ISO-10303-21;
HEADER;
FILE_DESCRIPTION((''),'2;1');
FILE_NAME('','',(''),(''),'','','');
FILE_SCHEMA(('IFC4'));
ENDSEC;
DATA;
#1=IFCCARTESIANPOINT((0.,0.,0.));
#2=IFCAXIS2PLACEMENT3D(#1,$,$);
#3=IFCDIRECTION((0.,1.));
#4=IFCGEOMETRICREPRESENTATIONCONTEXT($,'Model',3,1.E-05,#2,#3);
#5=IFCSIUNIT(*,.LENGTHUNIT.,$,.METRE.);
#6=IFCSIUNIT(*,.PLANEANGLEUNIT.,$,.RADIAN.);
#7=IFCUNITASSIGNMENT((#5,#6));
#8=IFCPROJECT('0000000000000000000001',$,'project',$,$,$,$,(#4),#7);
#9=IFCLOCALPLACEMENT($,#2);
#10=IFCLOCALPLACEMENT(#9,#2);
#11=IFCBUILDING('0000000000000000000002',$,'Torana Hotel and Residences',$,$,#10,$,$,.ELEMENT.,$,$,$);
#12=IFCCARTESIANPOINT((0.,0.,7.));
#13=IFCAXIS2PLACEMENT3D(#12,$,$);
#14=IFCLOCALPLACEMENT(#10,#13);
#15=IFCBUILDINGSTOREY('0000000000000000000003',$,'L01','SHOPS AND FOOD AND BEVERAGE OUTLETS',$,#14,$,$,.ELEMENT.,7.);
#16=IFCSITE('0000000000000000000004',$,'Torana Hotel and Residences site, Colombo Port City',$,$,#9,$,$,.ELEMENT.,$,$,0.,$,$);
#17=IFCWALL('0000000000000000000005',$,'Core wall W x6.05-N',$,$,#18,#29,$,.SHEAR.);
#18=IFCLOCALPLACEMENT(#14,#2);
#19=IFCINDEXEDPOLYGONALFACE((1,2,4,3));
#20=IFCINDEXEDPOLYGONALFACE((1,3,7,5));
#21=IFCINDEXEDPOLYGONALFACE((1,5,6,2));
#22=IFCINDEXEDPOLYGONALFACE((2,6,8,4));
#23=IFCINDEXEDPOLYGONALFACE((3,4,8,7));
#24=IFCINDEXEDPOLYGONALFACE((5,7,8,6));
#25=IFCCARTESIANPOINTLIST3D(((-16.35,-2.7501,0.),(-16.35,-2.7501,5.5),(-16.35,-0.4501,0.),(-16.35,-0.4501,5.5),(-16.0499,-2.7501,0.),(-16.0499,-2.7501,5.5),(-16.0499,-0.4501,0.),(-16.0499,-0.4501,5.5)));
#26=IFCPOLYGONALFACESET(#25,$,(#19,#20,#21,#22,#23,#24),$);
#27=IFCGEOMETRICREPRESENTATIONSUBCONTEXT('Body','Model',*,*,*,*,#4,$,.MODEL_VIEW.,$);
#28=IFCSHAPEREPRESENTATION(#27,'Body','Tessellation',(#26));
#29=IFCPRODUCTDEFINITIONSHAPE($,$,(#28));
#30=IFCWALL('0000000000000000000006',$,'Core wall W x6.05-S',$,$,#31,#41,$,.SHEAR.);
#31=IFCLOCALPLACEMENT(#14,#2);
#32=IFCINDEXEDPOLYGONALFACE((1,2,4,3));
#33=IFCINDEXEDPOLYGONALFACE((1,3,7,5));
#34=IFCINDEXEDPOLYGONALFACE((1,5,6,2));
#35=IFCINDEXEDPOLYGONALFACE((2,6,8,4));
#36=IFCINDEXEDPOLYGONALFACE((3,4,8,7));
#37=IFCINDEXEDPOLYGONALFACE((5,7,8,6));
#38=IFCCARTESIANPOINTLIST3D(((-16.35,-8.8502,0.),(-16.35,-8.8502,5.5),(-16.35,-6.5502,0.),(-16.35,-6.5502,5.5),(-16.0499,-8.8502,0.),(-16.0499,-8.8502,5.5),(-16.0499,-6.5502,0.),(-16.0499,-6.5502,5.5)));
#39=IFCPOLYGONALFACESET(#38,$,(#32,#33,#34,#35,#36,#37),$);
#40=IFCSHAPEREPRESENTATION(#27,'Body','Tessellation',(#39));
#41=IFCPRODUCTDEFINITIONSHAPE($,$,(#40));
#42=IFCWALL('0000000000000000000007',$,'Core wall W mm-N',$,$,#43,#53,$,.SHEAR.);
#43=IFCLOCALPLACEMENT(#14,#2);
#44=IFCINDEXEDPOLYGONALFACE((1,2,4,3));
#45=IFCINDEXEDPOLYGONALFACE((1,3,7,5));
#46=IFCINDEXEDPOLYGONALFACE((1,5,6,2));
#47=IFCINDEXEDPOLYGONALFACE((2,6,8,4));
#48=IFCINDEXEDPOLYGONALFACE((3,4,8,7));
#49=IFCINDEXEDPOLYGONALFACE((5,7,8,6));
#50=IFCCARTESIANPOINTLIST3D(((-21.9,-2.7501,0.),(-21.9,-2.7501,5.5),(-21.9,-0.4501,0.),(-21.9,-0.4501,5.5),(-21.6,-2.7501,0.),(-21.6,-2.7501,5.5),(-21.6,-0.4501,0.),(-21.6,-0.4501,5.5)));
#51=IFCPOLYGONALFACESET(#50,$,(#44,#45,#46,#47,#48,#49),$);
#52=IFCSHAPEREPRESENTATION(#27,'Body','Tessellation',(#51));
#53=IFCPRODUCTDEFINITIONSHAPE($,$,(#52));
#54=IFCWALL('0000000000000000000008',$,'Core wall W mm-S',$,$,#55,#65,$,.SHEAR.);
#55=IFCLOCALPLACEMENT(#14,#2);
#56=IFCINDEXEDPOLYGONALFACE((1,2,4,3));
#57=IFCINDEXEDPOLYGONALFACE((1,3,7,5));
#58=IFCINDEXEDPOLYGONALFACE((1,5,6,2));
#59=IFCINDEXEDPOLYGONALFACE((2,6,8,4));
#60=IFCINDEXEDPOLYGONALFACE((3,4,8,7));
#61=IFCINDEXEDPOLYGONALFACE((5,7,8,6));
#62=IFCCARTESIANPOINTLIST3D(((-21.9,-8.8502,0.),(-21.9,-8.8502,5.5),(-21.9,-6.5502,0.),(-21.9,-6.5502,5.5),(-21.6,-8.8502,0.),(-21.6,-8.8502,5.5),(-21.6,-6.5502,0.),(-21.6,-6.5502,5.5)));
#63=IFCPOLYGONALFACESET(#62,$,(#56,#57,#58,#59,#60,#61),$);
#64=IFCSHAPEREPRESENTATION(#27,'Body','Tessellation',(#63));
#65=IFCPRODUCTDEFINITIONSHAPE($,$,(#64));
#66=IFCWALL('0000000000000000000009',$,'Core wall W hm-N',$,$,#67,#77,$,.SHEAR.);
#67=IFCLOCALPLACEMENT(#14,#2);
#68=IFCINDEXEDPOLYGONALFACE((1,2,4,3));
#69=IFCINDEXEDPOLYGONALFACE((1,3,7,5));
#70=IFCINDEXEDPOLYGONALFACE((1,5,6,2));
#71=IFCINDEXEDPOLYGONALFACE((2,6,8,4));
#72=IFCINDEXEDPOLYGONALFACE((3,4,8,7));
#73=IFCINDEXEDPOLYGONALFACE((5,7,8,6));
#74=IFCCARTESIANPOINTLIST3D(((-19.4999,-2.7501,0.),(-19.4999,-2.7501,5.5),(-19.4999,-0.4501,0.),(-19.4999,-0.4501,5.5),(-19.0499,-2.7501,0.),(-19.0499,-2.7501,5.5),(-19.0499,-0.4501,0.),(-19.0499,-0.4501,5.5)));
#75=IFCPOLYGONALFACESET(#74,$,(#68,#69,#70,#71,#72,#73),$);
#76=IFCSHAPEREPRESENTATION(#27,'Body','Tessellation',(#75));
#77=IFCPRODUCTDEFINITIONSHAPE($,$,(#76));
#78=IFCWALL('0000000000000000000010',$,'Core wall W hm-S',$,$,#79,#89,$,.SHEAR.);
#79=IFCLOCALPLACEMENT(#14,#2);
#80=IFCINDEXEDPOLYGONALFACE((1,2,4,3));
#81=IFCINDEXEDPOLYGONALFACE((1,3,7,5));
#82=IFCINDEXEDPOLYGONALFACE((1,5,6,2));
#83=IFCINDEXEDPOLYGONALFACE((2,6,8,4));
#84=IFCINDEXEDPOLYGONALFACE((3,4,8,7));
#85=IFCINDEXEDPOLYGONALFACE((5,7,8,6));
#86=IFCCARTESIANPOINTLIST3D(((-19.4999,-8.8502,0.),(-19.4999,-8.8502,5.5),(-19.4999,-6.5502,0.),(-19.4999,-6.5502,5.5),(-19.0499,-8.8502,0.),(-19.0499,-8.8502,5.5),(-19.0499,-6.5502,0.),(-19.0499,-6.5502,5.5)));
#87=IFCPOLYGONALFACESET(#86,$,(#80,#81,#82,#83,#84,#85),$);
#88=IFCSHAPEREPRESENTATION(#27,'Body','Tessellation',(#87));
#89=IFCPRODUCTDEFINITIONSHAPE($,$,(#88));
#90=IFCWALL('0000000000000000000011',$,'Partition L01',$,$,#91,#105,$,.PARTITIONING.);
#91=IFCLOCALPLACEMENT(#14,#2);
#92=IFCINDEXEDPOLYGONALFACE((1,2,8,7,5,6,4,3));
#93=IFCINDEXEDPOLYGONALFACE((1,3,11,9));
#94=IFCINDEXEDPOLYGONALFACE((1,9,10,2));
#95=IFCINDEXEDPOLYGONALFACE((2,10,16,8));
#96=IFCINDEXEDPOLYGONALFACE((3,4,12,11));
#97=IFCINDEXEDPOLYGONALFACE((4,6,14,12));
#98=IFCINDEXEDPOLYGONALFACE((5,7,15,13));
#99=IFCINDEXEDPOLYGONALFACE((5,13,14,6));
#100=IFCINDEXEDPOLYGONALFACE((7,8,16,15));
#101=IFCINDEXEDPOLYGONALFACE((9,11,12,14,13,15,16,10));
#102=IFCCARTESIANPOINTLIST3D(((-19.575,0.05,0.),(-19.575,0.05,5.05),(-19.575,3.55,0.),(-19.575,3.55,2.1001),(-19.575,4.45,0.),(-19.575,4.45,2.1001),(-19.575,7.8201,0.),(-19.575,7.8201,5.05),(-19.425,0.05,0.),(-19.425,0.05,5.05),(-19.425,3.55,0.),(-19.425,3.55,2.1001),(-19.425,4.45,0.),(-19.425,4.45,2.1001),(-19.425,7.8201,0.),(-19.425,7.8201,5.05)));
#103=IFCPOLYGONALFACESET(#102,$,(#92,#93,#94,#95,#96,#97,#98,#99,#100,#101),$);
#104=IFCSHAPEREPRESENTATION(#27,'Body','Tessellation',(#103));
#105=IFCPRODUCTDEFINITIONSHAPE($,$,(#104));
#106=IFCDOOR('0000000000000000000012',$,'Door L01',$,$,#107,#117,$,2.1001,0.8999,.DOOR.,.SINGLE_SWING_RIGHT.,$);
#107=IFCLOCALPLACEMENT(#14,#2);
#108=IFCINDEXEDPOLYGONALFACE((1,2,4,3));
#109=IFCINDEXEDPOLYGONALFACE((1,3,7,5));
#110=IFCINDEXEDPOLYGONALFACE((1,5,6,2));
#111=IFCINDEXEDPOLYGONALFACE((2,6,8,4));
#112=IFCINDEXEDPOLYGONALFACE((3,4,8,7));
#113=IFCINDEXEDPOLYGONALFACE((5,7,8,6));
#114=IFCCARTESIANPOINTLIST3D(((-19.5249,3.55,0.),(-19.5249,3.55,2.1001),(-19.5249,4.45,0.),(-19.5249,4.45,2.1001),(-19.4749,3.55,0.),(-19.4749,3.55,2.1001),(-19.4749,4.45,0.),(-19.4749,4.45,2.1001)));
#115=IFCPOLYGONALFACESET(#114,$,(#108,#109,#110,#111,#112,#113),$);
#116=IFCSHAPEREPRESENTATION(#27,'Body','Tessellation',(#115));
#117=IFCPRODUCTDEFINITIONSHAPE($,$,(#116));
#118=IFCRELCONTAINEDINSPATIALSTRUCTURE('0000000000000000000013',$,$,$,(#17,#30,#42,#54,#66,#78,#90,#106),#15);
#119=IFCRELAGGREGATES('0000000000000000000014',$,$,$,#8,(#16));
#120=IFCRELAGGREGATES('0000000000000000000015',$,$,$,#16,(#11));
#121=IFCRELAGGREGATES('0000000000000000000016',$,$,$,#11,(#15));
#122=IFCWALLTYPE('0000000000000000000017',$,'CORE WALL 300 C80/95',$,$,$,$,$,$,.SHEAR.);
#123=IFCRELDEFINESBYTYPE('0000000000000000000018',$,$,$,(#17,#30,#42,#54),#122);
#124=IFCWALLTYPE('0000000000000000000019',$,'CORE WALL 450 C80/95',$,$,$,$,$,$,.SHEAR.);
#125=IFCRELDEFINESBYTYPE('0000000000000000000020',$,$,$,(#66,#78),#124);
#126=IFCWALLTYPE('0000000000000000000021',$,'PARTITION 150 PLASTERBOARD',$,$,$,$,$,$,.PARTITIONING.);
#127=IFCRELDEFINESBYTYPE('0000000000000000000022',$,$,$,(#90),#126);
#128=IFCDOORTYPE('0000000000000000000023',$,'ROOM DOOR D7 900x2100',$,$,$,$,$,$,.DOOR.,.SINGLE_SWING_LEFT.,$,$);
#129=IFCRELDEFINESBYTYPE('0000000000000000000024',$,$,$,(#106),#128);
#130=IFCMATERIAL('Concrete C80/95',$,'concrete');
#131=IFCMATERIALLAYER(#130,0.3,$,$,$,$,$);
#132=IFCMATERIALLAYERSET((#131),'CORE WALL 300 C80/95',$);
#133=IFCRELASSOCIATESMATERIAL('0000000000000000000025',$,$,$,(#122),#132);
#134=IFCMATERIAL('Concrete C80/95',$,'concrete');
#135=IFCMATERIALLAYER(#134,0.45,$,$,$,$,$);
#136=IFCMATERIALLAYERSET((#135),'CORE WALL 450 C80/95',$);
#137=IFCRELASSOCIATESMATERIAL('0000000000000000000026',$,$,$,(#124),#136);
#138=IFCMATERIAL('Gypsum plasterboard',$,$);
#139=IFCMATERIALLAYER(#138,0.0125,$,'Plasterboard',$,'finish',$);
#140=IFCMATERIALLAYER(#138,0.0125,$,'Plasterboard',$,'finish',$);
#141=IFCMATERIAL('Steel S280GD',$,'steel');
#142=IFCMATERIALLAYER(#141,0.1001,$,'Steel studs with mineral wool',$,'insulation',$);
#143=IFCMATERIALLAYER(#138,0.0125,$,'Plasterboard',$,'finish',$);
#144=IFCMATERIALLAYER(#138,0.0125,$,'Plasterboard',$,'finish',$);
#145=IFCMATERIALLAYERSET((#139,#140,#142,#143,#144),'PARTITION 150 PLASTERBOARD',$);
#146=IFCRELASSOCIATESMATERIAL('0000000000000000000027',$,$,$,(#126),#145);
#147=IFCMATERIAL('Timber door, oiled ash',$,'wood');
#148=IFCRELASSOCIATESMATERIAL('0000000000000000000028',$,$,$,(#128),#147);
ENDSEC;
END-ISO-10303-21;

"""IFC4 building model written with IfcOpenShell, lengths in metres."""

from ifc_helpers import new_model, si_unit, direction, frame, frame_2d, origin, place, context, subcontext, project, spatial, rectangle, extrude, material, layer, layer_set, type_object, element, fill, save


model = new_model("IFC4")

# Units and contexts
model_context = context("Model", 3, precision=1e-05, world=origin(), true_north=direction((0.0, 1.0)))
body_context = subcontext(model_context, "Body", "Model", "MODEL_VIEW")
ifc_project = project(units=[si_unit("LENGTHUNIT", "METRE"), si_unit("PLANEANGLEUNIT", "RADIAN")], contexts=[model_context])

# Site, building, storey
site_placement = place(None, origin())
site = spatial("IfcSite", under=ifc_project, at=site_placement, Name="Torana Hotel and Residences site, Colombo Port City", CompositionType="ELEMENT", RefElevation=0.0)
building_placement = place(site_placement, origin())
building = spatial("IfcBuilding", under=site, at=building_placement, Name="Torana Hotel and Residences", CompositionType="ELEMENT")
storey_placement = place(building_placement, frame((0.0, 0.0, 7.0)))
storey = spatial("IfcBuildingStorey", under=building, at=storey_placement, Name="L01", Description="SHOPS AND FOOD AND BEVERAGE OUTLETS", CompositionType="ELEMENT", Elevation=7.0)

# Walls
ifc_material_1 = material(Name="Concrete C80/95", Category="concrete")
ifc_layer_1 = layer(ifc_material_1, 0.3)
ifc_layer_set_1 = layer_set([ifc_layer_1], Name="CORE WALL 300 C80/95")
wall_type_1 = type_object("IfcWallType", Name="CORE WALL 300 C80/95", PredefinedType="SHEAR", material=ifc_layer_set_1)
for number, where, z_axis, x_axis, name in (
    (1, (-16.2, -2.75, 0.0), (0.0, 0.0, 1.0), (0.0, 1.0, 0.0), "Core wall W x6.05-N"),
    (2, (-16.2, -8.8501, 0.0), (0.0, 0.0, 1.0), (0.0, 1.0, 0.0), "Core wall W x6.05-S"),
    (3, (-21.75, -2.75, 0.0), (0.0, 0.0, 1.0), (0.0, 1.0, 0.0), "Core wall W mm-N"),
    (4, (-21.75, -8.8501, 0.0), (0.0, 0.0, 1.0), (0.0, 1.0, 0.0), "Core wall W mm-S"),
):
    element("IfcWall", number, at=place(storey_placement, frame(where, z_axis=z_axis, x_axis=x_axis)), inside=storey, type_object=wall_type_1, Name=name, PredefinedType="SHEAR", context=body_context, shape_type="SweptSolid", body=[
        extrude(rectangle(XDim=2.3, YDim=0.3, at=frame_2d((1.1499, 0.0))), origin(), (0.0, 0.0, 1.0), 5.5),
    ])
ifc_material_2 = material(Name="Concrete C80/95", Category="concrete")
ifc_layer_2 = layer(ifc_material_2, 0.45)
ifc_layer_set_2 = layer_set([ifc_layer_2], Name="CORE WALL 450 C80/95")
wall_type_2 = type_object("IfcWallType", Name="CORE WALL 450 C80/95", PredefinedType="SHEAR", material=ifc_layer_set_2)
for number, where, z_axis, x_axis, name in (
    (5, (-19.2749, -2.75, 0.0), (0.0, 0.0, 1.0), (0.0, 1.0, 0.0), "Core wall W hm-N"),
    (6, (-19.2749, -8.8501, 0.0), (0.0, 0.0, 1.0), (0.0, 1.0, 0.0), "Core wall W hm-S"),
):
    element("IfcWall", number, at=place(storey_placement, frame(where, z_axis=z_axis, x_axis=x_axis)), inside=storey, type_object=wall_type_2, Name=name, PredefinedType="SHEAR", context=body_context, shape_type="SweptSolid", body=[
        extrude(rectangle(XDim=2.3, YDim=0.45, at=frame_2d((1.1499, 0.0))), origin(), (0.0, 0.0, 1.0), 5.5),
    ])

# Wall, opening, door
ifc_material_3 = material(Name="Gypsum plasterboard")
ifc_layer_3 = layer(ifc_material_3, 0.0125, Name="Plasterboard", Category="finish")
ifc_layer_4 = layer(ifc_material_3, 0.0125, Name="Plasterboard", Category="finish")
ifc_material_4 = material(Name="Steel S280GD", Category="steel")
ifc_layer_5 = layer(ifc_material_4, 0.1001, Name="Steel studs with mineral wool", Category="insulation")
ifc_layer_6 = layer(ifc_material_3, 0.0125, Name="Plasterboard", Category="finish")
ifc_layer_7 = layer(ifc_material_3, 0.0125, Name="Plasterboard", Category="finish")
ifc_layer_set_3 = layer_set([ifc_layer_3, ifc_layer_4, ifc_layer_5, ifc_layer_6, ifc_layer_7], Name="PARTITION 150 PLASTERBOARD")
wall_type_3 = type_object("IfcWallType", Name="PARTITION 150 PLASTERBOARD", PredefinedType="PARTITIONING", material=ifc_layer_set_3)
wall_placement = place(storey_placement, frame((-19.5, 0.05, 0.0), z_axis=(0.0, 0.0, 1.0), x_axis=(0.0, 1.0, 0.0)))
wall = element("IfcWall", 7, at=wall_placement, inside=storey, type_object=wall_type_3, Name="Partition L01", PredefinedType="PARTITIONING", context=body_context, shape_type="SweptSolid", body=[
    extrude(rectangle(XDim=7.77, YDim=0.1499, at=frame_2d((3.885, 0.0))), origin(), (0.0, 0.0, 1.0), 5.05),
])
opening_placement = place(wall_placement, frame((3.5, 0.0, 0.0)))
opening = element("IfcOpeningElement", 8, at=opening_placement, cuts=wall, PredefinedType="OPENING", context=body_context, shape_type="SweptSolid", body=[
    extrude(rectangle(XDim=0.8999, YDim=2.1001, at=frame_2d((0.45, 1.05))), frame((0.0, 0.085, 0.0), z_axis=(0.0, -1.0, 0.0), x_axis=(1.0, 0.0, 0.0)), (0.0, 0.0, 1.0), 0.1699),
])
ifc_material_5 = material(Name="Timber door, oiled ash", Category="wood")
door_type = type_object("IfcDoorType", Name="ROOM DOOR D7 900x2100", OperationType="SINGLE_SWING_LEFT", PredefinedType="DOOR", material=ifc_material_5)
door_placement = place(opening_placement, origin())
door = element("IfcDoor", 9, at=door_placement, inside=storey, type_object=door_type, Name="Door L01", OperationType="SINGLE_SWING_RIGHT", OverallHeight=2.1001, OverallWidth=0.8999, PredefinedType="DOOR", context=body_context, shape_type="SweptSolid", body=[
    extrude(rectangle(XDim=0.8999, YDim=2.1001, at=frame_2d((0.45, 1.05))), frame((0.0, 0.0249, 0.0), z_axis=(0.0, -1.0, 0.0), x_axis=(1.0, 0.0, 0.0)), (0.0, 0.0, 1.0), 0.05),
])
fill(opening, door)

save(model, "model.ifc")
